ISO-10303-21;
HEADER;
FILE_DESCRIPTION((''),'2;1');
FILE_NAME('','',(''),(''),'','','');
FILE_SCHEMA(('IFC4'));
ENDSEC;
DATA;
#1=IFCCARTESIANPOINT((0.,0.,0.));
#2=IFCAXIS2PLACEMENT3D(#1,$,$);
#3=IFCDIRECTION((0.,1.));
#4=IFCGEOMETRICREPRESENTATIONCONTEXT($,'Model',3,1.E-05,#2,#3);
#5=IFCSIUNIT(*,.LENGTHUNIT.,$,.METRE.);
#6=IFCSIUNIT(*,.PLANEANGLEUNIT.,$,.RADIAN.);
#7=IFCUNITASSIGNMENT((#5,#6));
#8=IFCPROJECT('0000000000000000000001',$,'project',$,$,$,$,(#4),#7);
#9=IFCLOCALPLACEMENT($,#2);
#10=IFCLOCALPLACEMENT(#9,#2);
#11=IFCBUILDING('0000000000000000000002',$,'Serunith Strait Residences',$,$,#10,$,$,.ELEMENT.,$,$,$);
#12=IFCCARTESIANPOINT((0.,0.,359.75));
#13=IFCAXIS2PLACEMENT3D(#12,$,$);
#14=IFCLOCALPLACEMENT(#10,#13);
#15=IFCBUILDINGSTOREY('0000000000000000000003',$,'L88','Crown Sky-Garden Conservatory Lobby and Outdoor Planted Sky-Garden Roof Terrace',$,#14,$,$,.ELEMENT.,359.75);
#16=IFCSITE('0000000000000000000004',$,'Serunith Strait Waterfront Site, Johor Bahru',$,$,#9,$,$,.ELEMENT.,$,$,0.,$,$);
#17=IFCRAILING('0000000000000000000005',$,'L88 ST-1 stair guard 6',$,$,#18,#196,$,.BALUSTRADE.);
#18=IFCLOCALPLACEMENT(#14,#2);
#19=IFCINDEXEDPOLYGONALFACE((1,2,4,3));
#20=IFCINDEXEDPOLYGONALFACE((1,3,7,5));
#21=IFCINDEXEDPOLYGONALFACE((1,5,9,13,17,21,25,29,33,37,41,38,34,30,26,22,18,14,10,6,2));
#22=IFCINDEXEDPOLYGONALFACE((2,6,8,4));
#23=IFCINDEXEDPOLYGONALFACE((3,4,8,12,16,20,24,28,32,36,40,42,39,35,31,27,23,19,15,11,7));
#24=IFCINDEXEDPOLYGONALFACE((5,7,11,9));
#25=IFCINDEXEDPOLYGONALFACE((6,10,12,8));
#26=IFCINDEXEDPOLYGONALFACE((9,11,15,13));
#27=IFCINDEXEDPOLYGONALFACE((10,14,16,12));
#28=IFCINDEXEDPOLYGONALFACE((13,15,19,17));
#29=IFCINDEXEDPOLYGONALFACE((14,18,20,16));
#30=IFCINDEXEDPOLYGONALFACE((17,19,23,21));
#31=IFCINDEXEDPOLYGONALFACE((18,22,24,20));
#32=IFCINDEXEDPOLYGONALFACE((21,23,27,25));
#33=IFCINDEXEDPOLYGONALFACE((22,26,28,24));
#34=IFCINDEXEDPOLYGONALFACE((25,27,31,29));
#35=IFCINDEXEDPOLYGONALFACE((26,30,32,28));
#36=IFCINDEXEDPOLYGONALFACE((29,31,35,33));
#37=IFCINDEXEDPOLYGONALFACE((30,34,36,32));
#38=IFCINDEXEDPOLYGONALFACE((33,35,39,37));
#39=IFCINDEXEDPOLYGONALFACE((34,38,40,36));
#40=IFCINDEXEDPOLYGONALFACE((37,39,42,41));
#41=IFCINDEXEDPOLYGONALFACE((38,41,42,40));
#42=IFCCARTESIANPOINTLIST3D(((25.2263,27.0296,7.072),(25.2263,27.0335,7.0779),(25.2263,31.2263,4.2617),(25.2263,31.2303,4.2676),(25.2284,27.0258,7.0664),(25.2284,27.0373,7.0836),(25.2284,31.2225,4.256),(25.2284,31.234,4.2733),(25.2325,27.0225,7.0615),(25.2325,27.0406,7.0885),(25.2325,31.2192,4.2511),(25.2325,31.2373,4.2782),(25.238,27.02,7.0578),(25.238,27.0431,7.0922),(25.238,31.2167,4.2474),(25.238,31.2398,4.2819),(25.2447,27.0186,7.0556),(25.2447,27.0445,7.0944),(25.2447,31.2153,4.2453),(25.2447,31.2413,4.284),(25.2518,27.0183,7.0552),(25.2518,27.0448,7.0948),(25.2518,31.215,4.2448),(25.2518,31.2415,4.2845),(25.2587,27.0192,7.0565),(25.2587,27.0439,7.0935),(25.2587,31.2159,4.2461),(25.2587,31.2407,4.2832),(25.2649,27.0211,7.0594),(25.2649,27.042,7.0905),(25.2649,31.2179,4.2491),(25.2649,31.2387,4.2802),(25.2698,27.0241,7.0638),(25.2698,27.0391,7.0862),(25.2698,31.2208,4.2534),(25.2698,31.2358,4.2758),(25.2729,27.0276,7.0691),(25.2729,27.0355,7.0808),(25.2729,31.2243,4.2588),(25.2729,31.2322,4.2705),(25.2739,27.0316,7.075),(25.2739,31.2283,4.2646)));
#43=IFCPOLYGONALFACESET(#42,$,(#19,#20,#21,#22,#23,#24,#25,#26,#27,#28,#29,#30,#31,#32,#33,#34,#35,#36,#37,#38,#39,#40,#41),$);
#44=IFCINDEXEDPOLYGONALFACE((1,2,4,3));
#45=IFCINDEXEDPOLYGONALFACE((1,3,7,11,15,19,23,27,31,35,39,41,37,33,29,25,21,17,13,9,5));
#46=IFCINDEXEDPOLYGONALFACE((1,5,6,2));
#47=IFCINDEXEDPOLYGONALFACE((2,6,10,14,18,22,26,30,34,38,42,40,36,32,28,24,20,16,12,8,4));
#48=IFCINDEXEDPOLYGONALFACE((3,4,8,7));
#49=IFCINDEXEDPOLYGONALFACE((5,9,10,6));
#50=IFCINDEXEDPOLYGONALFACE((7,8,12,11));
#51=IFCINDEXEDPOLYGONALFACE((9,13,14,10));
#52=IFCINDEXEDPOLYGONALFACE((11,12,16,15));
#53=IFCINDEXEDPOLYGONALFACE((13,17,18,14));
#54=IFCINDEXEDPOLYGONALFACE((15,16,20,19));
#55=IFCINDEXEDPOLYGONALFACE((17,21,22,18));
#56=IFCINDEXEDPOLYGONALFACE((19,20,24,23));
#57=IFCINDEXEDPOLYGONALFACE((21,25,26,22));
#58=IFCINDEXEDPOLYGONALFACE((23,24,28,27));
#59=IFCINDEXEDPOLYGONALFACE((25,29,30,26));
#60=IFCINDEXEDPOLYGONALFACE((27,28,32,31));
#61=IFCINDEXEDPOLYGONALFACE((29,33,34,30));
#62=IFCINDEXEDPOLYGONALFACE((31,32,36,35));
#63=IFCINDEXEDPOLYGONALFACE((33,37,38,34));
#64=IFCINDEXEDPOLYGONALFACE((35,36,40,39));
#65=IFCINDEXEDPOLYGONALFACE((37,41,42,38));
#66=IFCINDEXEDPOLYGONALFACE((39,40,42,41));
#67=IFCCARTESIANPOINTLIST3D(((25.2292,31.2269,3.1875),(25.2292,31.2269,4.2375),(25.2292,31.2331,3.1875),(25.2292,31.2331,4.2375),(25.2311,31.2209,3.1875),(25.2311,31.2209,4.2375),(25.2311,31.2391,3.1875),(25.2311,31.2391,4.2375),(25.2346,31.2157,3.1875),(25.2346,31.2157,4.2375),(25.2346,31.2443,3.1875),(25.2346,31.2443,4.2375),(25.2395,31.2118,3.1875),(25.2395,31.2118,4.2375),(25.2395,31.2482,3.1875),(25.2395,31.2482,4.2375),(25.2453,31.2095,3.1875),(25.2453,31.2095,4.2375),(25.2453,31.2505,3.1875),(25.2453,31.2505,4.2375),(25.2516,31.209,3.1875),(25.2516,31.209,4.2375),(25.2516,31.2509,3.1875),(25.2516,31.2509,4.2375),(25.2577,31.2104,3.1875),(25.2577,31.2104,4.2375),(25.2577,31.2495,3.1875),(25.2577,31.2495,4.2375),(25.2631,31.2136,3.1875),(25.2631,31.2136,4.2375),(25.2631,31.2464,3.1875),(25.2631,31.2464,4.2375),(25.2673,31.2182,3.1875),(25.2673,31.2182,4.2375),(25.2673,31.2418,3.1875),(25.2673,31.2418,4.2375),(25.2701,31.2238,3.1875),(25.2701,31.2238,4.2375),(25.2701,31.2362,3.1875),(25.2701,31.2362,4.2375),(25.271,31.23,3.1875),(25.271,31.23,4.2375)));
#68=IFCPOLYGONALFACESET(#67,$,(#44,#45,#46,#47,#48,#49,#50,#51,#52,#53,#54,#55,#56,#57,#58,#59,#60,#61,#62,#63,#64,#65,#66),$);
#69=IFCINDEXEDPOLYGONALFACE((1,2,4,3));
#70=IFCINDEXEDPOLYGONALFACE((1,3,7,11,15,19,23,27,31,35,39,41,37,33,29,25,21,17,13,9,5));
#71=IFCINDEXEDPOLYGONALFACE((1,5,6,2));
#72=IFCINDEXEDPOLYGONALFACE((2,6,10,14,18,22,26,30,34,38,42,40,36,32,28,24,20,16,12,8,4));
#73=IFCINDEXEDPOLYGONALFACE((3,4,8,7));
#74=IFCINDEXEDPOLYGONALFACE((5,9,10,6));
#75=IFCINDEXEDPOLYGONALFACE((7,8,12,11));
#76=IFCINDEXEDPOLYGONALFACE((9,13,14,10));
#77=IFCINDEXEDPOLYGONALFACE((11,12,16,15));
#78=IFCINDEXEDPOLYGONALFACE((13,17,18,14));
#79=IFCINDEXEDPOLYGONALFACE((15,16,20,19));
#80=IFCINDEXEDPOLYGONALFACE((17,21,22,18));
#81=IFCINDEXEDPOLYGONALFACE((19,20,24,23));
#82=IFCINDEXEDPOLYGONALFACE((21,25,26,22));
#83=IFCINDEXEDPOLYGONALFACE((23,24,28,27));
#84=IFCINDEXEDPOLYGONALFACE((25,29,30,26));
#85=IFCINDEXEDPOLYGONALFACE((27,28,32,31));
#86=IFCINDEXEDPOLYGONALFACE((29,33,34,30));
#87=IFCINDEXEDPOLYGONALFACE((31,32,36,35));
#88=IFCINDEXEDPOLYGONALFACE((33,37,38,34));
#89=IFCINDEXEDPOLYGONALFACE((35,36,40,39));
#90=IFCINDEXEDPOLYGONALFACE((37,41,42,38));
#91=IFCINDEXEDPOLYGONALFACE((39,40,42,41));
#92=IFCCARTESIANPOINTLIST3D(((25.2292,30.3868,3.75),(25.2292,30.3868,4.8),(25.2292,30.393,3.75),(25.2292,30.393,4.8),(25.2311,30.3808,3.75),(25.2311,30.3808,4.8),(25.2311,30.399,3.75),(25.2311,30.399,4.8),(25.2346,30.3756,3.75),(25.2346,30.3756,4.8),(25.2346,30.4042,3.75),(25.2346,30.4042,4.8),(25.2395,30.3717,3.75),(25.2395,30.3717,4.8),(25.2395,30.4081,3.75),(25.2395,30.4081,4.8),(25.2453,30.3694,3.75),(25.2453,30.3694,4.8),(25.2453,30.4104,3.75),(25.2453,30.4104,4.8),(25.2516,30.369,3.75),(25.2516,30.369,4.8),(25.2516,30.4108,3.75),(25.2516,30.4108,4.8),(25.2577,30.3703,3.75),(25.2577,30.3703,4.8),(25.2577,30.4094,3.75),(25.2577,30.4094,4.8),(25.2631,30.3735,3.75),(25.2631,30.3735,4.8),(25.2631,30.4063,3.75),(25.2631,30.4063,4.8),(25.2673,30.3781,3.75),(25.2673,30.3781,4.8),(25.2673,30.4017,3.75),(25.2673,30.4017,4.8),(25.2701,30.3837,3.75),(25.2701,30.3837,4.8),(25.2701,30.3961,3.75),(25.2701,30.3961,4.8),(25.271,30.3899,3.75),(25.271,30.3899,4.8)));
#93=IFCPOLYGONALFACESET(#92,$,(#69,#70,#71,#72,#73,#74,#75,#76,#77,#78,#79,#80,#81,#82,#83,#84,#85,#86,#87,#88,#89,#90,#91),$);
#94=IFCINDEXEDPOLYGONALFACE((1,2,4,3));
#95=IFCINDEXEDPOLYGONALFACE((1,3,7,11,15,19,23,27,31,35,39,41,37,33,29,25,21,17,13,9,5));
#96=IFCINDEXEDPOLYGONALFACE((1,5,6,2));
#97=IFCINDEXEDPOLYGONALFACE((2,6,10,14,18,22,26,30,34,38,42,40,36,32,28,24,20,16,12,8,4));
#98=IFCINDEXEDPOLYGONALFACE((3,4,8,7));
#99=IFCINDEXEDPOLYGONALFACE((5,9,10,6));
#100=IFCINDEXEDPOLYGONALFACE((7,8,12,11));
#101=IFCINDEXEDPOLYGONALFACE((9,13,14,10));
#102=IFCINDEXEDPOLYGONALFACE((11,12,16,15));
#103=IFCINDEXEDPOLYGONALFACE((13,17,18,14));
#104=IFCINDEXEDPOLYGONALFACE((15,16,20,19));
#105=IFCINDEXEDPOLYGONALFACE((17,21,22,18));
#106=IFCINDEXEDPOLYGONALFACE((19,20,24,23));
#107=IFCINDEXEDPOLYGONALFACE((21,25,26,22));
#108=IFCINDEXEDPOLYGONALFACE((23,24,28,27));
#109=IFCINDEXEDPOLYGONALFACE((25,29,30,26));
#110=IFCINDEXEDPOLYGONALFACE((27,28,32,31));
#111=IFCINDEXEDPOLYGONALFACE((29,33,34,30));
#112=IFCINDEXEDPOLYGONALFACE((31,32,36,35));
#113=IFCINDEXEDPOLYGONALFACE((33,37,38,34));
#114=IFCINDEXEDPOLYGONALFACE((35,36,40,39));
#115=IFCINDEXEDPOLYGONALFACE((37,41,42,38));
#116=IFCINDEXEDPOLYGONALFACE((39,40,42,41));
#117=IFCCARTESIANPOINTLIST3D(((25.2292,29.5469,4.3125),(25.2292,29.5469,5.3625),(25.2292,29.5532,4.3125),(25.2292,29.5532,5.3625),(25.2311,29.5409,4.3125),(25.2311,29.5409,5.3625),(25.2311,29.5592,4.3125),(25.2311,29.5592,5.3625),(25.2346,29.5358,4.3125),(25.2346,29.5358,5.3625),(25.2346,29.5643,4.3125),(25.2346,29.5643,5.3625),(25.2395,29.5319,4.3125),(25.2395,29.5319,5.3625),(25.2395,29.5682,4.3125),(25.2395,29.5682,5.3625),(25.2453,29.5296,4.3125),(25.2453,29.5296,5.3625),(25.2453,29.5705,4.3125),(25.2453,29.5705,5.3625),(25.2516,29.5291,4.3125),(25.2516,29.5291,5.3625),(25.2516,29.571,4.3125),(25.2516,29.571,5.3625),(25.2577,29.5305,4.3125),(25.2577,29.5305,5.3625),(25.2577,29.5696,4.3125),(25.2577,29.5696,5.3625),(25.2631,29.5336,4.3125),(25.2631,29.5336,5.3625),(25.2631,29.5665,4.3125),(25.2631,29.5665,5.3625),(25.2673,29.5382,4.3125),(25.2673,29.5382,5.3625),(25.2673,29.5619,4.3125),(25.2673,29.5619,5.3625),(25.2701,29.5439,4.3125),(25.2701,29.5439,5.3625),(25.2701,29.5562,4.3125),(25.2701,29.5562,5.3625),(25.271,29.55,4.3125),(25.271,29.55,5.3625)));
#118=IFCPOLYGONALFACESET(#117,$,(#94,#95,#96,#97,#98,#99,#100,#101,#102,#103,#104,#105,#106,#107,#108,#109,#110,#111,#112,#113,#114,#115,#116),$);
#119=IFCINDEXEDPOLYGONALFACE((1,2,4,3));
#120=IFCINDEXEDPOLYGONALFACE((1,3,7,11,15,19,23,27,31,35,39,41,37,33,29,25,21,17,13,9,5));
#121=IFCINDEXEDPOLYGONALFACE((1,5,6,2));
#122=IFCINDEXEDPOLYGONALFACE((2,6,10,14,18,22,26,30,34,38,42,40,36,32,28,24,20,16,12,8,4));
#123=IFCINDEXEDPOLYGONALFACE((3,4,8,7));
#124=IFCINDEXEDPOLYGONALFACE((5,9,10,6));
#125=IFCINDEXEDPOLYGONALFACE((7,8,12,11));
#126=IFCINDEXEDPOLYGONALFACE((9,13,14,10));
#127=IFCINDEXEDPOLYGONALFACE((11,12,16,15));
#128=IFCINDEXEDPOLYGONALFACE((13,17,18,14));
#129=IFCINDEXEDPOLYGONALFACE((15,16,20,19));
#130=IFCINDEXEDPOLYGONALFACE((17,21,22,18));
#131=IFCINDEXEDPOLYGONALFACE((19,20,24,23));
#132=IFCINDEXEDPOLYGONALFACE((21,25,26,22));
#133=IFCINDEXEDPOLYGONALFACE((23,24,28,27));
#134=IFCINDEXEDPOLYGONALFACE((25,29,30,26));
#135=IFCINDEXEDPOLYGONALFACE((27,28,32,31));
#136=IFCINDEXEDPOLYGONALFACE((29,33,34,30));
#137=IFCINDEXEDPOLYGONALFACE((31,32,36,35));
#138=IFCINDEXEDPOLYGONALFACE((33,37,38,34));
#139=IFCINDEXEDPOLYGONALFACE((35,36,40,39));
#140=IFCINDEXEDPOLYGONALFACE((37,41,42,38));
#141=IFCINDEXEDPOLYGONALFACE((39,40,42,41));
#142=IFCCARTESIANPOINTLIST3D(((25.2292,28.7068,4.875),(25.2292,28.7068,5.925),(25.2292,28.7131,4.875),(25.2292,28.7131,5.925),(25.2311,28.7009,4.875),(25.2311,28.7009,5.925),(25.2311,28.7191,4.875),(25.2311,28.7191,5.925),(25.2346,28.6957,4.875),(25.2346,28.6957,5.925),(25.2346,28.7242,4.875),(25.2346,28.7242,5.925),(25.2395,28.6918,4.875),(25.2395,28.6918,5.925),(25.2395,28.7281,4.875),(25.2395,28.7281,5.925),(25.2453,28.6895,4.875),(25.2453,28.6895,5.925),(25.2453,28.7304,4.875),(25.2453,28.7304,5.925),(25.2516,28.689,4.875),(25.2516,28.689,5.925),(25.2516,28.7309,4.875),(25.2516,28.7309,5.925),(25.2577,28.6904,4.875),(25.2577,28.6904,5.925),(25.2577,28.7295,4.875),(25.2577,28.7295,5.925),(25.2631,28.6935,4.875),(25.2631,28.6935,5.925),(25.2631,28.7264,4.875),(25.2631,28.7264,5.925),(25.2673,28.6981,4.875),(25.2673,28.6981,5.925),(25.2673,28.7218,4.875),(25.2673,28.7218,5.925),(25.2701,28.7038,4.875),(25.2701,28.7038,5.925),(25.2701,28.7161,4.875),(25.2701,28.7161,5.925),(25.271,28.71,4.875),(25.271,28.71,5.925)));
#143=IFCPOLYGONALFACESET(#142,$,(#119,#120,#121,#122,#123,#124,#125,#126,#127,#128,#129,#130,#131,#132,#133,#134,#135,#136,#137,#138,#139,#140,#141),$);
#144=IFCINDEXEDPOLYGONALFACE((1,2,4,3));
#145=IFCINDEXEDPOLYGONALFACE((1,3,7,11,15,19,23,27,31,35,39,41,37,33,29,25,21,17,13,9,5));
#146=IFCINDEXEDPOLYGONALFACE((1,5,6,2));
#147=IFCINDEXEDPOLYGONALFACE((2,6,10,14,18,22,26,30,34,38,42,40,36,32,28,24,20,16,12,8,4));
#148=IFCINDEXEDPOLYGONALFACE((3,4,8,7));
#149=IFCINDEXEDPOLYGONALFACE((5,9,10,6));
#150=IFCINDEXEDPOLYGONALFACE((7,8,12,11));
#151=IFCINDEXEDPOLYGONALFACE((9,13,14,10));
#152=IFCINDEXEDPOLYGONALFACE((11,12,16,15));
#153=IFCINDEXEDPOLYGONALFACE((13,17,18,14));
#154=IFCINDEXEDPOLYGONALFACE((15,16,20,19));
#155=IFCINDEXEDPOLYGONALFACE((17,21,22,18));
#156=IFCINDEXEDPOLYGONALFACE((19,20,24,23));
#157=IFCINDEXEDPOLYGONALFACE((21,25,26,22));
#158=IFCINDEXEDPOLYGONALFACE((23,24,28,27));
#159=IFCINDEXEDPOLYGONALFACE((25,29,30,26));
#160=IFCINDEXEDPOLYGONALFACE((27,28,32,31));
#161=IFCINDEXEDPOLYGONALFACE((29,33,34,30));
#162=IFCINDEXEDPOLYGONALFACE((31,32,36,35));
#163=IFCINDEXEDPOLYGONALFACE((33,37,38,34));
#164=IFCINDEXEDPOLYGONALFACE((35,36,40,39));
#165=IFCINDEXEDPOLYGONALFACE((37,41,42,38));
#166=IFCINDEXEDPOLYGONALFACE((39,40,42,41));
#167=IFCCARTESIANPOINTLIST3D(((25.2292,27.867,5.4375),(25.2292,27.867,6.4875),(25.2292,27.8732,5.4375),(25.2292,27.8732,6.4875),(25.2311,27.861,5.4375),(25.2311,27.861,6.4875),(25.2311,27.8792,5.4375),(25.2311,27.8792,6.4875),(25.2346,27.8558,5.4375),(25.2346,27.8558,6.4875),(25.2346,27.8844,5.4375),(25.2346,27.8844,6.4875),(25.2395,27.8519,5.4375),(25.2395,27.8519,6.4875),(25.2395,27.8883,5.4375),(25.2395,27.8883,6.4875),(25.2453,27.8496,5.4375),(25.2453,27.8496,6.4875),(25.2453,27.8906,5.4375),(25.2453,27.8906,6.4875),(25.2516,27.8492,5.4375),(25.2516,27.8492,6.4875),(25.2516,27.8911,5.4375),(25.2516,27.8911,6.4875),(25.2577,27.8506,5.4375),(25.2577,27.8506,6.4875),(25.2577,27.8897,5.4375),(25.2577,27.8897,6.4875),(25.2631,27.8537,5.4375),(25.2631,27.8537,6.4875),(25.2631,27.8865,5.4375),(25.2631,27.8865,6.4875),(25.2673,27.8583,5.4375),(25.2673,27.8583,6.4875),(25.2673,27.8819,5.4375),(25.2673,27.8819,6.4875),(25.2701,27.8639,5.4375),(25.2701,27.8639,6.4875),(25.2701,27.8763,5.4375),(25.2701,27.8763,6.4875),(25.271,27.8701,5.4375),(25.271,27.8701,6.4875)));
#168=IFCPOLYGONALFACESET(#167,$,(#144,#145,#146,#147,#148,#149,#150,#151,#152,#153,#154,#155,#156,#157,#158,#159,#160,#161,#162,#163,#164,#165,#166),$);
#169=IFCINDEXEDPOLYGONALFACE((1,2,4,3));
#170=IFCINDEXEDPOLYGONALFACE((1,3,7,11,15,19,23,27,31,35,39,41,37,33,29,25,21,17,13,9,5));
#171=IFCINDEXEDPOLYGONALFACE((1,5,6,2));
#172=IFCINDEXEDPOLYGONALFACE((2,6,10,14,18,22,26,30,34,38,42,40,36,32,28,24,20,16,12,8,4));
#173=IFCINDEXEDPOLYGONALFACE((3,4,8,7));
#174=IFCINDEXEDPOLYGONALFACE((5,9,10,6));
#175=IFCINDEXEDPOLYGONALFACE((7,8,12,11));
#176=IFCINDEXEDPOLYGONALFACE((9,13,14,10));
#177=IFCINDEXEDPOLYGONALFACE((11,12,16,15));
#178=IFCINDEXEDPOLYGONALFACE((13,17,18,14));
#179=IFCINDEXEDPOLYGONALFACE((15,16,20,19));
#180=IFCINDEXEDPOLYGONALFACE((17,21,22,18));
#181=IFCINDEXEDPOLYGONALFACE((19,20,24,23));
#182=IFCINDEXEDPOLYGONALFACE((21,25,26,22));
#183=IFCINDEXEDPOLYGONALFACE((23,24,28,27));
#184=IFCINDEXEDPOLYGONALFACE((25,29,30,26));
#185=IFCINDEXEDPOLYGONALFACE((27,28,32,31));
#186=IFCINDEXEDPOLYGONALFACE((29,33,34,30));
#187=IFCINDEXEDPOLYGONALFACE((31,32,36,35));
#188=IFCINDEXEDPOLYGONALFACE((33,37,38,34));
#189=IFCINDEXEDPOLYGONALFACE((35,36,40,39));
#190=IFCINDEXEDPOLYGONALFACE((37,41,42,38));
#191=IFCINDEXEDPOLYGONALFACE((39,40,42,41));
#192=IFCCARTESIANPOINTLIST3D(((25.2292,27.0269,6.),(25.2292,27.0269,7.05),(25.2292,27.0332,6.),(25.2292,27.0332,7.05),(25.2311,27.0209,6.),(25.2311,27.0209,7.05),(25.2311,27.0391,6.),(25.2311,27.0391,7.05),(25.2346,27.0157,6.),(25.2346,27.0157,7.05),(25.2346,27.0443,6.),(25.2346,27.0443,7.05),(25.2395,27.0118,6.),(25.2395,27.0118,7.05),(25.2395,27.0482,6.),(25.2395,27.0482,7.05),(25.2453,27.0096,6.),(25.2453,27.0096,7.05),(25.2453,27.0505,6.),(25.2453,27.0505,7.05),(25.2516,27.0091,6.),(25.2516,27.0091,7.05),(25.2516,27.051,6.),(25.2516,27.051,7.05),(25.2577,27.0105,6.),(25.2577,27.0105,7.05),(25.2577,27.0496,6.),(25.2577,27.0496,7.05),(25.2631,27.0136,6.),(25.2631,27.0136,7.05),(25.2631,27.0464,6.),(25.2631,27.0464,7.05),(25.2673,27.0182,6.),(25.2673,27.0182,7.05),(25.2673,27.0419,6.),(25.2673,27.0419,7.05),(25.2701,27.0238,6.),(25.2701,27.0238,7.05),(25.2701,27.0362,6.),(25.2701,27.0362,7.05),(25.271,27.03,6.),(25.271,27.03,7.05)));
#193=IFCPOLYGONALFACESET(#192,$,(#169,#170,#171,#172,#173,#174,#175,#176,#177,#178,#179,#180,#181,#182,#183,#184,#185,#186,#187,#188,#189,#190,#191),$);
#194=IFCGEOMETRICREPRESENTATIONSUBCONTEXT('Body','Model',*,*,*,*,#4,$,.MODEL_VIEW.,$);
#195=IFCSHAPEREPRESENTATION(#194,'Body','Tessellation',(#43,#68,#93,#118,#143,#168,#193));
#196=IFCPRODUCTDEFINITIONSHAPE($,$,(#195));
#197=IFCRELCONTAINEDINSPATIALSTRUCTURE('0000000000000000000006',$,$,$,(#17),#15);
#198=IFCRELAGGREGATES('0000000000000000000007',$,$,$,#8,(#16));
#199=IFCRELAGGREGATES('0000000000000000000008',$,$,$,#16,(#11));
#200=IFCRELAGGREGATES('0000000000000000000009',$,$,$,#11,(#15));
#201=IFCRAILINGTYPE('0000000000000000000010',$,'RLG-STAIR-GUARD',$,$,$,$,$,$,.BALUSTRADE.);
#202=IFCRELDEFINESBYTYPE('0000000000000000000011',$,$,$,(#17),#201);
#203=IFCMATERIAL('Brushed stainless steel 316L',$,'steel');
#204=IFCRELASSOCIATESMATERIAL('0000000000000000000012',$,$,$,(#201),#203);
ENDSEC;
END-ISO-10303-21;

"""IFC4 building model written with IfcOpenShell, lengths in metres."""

from ifc_helpers import new_model, si_unit, direction, frame, origin, origin_2d, place, context, subcontext, project, spatial, circle, extrude, material, type_object, element, save


model = new_model("IFC4")

# Units and contexts
model_context = context("Model", 3, precision=1e-05, world=origin(), true_north=direction((0.0, 1.0)))
body_context = subcontext(model_context, "Body", "Model", "MODEL_VIEW")
ifc_project = project(units=[si_unit("LENGTHUNIT", "METRE"), si_unit("PLANEANGLEUNIT", "RADIAN")], contexts=[model_context])

# Site, building, storey
site_placement = place(None, origin())
site = spatial("IfcSite", under=ifc_project, at=site_placement, Name="Serunith Strait Waterfront Site, Johor Bahru", CompositionType="ELEMENT", RefElevation=0.0)
building_placement = place(site_placement, origin())
building = spatial("IfcBuilding", under=site, at=building_placement, Name="Serunith Strait Residences", CompositionType="ELEMENT")
storey_placement = place(building_placement, frame((0.0, 0.0, 359.75)))
storey = spatial("IfcBuildingStorey", under=building, at=storey_placement, Name="L88", Description="Crown Sky-Garden Conservatory Lobby and Outdoor Planted Sky-Garden Roof Terrace", CompositionType="ELEMENT", Elevation=359.75)

# Railing
ifc_material_1 = material(Name="Brushed stainless steel 316L", Category="steel")
railing_type_1 = type_object("IfcRailingType", Name="RLG-STAIR-GUARD", PredefinedType="BALUSTRADE", material=ifc_material_1)
railing_1_placement = place(storey_placement, frame((25.25, 31.23, 3.1875)))
element("IfcRailing", 1, at=railing_1_placement, inside=storey, type_object=railing_type_1, Name="L88 ST-1 stair guard 6", PredefinedType="BALUSTRADE", context=body_context, shape_type="SweptSolid", body=[
    extrude(circle(Radius=0.0239, at=origin_2d()), frame((0.0, -0.0017, 1.0771), z_axis=(0.0, -0.830904, 0.556416), x_axis=(1.0, 0.0, 0.0)), (0.0, 0.0, 1.0), 5.0508),
    extrude(circle(Radius=0.021, at=origin_2d()), origin(), (0.0, 0.0, 1.0), 1.05),
    extrude(circle(Radius=0.021, at=origin_2d()), frame((0.0, -0.8401, 0.5625)), (0.0, 0.0, 1.0), 1.05),
    extrude(circle(Radius=0.021, at=origin_2d()), frame((0.0, -1.6799, 1.125)), (0.0, 0.0, 1.0), 1.05),
    extrude(circle(Radius=0.021, at=origin_2d()), frame((0.0, -2.52, 1.6875)), (0.0, 0.0, 1.0), 1.05),
    extrude(circle(Radius=0.021, at=origin_2d()), frame((0.0, -3.3599, 2.25)), (0.0, 0.0, 1.0), 1.05),
    extrude(circle(Radius=0.021, at=origin_2d()), frame((0.0, -4.2, 2.8125)), (0.0, 0.0, 1.0), 1.05),
])

save(model, "model.ifc")
